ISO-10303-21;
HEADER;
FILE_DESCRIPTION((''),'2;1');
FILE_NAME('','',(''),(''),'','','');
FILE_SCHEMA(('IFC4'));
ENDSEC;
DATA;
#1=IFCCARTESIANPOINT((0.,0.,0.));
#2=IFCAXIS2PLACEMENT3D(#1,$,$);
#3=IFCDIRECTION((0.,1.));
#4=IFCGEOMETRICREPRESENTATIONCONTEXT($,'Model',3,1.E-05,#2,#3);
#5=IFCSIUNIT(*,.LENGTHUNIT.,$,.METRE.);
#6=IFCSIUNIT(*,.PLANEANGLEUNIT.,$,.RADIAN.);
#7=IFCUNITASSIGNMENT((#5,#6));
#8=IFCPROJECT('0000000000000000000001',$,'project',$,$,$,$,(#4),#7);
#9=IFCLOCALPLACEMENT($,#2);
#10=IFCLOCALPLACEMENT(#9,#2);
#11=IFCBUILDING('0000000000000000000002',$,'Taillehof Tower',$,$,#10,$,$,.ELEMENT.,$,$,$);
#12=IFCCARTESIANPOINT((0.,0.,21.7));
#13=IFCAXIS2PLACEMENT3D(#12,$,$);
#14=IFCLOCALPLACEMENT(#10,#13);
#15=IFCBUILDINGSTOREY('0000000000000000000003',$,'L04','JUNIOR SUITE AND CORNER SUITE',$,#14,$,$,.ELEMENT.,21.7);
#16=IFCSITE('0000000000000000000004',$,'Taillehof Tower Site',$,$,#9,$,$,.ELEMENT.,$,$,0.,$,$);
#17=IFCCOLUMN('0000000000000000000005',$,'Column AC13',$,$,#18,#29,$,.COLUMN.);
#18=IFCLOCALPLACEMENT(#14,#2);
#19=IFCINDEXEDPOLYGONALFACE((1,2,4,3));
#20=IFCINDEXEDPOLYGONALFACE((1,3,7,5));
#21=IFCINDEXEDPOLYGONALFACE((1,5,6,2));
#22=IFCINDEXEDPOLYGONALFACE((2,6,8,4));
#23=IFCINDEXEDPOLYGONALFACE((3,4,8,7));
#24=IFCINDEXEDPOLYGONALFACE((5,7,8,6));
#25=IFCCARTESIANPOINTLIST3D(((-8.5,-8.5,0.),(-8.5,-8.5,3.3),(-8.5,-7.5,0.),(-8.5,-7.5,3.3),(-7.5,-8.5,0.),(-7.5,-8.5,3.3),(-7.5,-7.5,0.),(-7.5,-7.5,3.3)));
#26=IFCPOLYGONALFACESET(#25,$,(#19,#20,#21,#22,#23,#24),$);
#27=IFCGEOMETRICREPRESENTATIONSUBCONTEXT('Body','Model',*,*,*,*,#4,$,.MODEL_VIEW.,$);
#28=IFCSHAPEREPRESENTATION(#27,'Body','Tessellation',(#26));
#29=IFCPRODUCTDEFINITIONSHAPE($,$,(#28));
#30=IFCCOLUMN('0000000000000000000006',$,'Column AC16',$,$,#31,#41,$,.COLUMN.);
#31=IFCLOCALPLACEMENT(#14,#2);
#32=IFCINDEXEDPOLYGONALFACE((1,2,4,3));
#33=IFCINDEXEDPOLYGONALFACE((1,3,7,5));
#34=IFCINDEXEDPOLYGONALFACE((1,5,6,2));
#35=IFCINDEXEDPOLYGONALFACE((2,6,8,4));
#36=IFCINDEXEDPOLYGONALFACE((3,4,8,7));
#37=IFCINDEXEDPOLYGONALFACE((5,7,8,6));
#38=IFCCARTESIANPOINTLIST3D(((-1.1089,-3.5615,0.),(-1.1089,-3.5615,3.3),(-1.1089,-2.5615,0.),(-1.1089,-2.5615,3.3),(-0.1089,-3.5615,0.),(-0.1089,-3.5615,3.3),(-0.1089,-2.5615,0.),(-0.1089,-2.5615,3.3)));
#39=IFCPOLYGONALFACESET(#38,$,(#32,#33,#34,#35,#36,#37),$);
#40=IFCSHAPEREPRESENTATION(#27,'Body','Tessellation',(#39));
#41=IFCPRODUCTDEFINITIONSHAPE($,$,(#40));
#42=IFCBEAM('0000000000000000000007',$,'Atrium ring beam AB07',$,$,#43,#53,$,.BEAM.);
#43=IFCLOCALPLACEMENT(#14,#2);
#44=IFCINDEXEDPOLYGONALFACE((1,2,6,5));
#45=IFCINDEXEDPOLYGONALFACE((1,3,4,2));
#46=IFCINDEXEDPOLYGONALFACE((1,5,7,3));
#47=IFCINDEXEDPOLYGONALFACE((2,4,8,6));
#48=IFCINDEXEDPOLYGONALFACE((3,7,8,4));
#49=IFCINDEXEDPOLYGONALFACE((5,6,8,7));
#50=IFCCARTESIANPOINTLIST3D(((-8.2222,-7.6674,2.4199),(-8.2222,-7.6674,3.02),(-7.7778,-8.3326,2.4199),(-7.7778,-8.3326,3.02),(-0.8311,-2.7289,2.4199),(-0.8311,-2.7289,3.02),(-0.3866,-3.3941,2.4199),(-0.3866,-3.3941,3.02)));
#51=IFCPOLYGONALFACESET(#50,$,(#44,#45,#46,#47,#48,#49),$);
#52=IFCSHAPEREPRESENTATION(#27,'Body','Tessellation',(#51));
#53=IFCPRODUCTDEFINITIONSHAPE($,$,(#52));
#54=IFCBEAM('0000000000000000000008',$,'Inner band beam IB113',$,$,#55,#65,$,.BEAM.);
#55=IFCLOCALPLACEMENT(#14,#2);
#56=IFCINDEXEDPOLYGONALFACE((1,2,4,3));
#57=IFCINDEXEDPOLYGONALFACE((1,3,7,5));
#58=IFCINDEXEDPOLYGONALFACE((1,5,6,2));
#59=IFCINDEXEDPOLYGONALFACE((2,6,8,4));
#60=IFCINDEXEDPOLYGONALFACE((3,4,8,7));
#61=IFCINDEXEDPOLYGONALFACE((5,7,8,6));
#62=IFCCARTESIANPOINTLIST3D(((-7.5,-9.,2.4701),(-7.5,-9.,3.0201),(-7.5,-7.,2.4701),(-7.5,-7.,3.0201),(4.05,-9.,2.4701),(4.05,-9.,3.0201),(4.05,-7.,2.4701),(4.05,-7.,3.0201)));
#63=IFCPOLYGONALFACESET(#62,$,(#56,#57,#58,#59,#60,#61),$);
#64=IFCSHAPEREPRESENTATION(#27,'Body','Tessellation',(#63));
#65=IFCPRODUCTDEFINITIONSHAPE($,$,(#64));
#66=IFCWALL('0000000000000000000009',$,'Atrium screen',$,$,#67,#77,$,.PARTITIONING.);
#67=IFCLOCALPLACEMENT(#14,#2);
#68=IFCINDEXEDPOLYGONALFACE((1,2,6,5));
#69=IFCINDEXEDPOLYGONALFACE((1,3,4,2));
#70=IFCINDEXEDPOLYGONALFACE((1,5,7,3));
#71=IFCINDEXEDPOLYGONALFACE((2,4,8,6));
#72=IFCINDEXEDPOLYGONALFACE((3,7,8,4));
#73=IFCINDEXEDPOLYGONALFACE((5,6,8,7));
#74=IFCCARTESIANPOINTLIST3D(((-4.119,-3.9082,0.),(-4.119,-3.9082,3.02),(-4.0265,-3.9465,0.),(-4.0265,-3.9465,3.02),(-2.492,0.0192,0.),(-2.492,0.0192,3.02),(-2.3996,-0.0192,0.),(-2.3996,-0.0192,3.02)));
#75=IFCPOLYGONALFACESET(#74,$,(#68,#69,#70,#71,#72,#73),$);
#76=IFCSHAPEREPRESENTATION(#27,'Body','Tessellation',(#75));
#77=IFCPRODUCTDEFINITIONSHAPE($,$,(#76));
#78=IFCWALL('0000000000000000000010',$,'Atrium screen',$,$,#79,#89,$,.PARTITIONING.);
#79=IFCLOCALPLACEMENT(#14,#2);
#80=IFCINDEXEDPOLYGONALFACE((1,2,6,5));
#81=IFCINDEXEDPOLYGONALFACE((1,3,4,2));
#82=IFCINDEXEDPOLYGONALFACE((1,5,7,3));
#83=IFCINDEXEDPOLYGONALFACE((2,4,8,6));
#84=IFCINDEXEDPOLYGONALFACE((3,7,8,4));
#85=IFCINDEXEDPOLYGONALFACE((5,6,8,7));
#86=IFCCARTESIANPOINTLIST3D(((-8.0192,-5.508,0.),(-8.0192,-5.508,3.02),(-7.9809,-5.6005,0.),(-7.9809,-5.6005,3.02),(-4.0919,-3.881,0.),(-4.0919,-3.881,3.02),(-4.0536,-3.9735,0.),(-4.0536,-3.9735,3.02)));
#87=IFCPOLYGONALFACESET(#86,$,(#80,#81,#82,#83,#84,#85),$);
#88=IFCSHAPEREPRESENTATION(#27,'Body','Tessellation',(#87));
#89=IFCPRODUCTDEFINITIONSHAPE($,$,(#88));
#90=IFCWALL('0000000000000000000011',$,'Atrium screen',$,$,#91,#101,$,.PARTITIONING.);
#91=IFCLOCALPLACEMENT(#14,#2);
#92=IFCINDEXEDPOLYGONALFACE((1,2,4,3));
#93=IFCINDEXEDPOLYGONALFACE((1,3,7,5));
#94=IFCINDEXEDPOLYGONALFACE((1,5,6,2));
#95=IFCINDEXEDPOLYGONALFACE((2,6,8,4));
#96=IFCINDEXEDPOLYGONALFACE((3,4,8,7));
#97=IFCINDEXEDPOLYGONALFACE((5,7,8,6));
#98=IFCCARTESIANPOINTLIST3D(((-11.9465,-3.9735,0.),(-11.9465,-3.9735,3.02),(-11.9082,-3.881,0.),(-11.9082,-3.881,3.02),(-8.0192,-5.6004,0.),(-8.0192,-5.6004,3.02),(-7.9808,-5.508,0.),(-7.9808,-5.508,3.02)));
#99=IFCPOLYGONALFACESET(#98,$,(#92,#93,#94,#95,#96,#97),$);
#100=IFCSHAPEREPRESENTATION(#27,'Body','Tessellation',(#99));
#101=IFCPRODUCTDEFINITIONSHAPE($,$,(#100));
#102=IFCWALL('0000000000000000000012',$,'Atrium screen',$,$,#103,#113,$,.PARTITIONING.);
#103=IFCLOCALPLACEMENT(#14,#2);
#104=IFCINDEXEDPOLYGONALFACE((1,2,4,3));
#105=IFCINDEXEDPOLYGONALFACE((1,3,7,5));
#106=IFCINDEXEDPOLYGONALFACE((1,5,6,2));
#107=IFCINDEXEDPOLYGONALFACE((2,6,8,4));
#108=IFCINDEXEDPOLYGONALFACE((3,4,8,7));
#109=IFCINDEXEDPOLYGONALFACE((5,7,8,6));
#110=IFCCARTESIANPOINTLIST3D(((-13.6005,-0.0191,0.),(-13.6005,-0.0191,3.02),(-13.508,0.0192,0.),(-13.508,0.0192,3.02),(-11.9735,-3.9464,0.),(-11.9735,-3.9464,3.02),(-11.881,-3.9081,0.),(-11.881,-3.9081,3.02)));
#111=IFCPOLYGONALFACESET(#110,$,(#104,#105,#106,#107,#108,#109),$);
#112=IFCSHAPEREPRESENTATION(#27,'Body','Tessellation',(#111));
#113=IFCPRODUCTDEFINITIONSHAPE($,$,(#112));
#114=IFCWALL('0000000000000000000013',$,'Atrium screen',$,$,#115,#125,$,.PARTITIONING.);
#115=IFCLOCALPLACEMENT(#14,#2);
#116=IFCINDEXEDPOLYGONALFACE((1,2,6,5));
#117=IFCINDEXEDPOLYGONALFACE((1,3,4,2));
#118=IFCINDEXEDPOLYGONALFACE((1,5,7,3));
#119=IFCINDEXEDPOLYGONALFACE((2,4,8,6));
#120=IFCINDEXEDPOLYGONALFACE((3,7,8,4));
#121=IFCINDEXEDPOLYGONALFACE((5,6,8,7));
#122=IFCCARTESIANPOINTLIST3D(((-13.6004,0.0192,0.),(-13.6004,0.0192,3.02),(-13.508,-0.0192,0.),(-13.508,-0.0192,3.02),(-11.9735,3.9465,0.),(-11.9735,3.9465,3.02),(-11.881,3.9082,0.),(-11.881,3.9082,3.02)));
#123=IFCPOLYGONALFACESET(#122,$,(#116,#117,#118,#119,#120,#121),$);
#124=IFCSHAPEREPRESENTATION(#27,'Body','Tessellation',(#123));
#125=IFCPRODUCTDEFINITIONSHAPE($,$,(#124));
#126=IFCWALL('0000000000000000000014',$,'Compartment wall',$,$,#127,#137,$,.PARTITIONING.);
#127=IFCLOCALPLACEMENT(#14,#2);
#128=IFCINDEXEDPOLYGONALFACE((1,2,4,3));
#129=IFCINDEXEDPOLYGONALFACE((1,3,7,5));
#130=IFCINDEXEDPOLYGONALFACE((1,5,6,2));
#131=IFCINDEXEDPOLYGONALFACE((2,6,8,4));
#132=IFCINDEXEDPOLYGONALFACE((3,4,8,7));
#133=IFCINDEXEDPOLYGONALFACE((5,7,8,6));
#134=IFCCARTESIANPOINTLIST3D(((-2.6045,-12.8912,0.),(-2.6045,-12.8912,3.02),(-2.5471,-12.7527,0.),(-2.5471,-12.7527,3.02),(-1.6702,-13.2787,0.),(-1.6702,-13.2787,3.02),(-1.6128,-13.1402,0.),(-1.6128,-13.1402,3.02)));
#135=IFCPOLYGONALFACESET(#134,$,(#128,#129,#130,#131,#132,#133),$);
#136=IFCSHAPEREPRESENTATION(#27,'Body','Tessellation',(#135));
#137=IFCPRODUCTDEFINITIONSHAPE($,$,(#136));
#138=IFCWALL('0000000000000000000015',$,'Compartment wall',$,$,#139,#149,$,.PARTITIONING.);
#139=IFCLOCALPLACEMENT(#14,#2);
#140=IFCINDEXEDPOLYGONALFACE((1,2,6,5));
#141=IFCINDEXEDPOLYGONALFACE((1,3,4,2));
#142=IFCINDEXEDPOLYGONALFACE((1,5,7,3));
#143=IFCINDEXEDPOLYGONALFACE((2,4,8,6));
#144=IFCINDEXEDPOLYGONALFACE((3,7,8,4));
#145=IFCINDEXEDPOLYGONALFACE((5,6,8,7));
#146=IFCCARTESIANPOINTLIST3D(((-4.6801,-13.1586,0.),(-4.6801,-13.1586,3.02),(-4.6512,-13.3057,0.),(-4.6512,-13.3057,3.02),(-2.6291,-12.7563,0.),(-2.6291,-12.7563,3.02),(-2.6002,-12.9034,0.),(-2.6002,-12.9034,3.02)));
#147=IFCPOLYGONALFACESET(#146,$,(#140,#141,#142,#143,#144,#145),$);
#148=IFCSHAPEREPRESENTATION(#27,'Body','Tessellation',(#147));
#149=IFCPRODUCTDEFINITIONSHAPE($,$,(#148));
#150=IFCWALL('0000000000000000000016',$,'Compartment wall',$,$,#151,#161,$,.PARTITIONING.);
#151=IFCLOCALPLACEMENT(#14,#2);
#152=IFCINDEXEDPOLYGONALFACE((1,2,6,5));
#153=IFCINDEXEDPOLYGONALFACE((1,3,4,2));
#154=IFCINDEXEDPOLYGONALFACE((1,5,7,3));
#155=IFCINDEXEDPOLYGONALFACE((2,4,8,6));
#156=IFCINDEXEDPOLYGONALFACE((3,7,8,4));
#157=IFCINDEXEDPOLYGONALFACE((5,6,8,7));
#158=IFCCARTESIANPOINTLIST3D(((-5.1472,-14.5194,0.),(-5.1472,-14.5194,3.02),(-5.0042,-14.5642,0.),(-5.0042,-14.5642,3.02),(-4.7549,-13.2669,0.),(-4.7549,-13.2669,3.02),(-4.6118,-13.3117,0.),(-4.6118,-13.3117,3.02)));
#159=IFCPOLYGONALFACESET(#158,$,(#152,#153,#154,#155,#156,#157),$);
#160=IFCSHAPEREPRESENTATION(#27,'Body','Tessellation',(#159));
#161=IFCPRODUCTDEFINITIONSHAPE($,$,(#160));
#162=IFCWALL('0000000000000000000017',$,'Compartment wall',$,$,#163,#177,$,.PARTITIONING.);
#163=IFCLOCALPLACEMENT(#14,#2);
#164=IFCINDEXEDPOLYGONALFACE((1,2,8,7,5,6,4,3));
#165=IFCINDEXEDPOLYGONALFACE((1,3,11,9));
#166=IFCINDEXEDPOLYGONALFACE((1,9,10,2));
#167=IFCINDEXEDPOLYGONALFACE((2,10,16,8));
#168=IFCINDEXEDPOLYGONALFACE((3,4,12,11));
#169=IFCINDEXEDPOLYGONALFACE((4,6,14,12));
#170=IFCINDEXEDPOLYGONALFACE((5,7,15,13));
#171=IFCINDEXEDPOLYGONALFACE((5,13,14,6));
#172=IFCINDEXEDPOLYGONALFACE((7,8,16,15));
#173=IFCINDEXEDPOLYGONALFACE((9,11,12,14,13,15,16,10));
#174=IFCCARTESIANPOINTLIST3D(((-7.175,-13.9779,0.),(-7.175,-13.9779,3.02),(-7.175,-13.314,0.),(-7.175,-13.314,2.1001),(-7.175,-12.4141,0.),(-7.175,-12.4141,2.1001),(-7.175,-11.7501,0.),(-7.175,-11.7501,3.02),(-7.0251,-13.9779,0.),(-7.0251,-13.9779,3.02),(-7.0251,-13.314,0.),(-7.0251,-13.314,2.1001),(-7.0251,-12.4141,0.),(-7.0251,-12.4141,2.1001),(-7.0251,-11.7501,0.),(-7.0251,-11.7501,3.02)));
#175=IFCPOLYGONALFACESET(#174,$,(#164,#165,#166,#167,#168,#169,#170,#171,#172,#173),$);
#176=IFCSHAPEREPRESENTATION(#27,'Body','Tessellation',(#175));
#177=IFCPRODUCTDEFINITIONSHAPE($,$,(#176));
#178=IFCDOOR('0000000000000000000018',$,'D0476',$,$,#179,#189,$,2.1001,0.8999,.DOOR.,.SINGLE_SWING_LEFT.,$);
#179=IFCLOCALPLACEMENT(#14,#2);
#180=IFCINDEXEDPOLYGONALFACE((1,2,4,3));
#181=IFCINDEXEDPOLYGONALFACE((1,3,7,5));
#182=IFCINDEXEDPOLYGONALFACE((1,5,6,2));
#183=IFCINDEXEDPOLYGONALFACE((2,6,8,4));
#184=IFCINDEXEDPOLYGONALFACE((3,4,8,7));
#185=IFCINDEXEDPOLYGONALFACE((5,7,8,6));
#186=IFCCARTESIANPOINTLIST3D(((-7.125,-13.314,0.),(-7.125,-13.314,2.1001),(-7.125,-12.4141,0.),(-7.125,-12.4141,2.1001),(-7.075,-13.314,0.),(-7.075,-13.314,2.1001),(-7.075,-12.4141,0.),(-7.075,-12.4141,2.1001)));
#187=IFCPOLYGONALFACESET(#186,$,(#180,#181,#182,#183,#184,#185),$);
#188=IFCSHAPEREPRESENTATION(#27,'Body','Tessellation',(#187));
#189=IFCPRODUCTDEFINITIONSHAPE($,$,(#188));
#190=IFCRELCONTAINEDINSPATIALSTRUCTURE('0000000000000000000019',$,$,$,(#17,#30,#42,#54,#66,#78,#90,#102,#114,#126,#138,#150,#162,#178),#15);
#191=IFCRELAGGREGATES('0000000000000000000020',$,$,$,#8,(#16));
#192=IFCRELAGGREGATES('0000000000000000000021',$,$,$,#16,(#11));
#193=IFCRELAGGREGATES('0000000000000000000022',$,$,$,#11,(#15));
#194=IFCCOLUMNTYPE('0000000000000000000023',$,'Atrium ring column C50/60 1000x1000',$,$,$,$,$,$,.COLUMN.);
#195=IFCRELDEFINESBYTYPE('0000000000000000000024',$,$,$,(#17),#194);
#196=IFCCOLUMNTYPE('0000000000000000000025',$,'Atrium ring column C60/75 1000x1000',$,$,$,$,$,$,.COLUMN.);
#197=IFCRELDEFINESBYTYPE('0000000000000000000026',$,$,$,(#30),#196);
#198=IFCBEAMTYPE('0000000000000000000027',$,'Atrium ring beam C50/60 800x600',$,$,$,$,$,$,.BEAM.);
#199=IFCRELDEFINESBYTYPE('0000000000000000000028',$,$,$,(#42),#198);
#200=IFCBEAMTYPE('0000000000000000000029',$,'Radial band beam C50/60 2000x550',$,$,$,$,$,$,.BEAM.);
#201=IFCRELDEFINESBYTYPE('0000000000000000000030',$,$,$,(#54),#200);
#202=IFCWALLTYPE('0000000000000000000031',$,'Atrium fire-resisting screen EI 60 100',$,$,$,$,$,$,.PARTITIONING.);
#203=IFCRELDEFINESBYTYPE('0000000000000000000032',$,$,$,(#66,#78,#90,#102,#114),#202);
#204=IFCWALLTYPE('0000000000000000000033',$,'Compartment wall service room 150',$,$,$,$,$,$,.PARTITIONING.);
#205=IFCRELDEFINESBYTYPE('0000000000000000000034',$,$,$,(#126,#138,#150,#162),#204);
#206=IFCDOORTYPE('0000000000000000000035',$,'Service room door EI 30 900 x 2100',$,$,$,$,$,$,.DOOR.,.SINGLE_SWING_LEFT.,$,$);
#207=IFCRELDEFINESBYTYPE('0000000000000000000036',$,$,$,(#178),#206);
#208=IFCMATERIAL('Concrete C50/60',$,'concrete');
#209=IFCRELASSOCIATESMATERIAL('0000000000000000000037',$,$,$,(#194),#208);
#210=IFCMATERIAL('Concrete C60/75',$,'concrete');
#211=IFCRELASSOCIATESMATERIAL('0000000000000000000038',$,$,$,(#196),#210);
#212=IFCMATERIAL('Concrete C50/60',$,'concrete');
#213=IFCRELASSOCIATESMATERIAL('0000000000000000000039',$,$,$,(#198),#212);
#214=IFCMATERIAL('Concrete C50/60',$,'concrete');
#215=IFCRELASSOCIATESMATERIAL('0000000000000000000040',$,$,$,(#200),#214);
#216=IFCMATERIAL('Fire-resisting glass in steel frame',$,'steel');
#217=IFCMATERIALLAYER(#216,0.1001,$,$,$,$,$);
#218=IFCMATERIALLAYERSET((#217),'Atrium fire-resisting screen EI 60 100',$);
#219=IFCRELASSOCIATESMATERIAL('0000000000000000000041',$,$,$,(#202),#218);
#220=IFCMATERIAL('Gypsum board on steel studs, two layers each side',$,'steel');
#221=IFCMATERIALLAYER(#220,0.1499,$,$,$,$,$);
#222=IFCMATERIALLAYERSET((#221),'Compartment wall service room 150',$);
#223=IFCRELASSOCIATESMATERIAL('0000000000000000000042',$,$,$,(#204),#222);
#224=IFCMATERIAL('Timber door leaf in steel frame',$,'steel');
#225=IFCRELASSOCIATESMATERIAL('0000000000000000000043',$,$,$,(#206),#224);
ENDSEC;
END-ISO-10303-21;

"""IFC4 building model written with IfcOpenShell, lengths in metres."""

from ifc_helpers import new_model, si_unit, direction, frame, frame_2d, origin, origin_2d, place, context, subcontext, project, spatial, rectangle, extrude, material, layer, layer_set, material_profile, profile_set, type_object, element, fill, save


model = new_model("IFC4")

# Units and contexts
model_context = context("Model", 3, precision=1e-05, world=origin(), true_north=direction((0.0, 1.0)))
body_context = subcontext(model_context, "Body", "Model", "MODEL_VIEW")
ifc_project = project(units=[si_unit("LENGTHUNIT", "METRE"), si_unit("PLANEANGLEUNIT", "RADIAN")], contexts=[model_context])

# Site, building, storey
site_placement = place(None, origin())
site = spatial("IfcSite", under=ifc_project, at=site_placement, Name="Taillehof Tower Site", CompositionType="ELEMENT", RefElevation=0.0)
building_placement = place(site_placement, origin())
building = spatial("IfcBuilding", under=site, at=building_placement, Name="Taillehof Tower", CompositionType="ELEMENT")
storey_placement = place(building_placement, frame((0.0, 0.0, 21.7)))
storey = spatial("IfcBuildingStorey", under=building, at=storey_placement, Name="L04", Description="JUNIOR SUITE AND CORNER SUITE", CompositionType="ELEMENT", Elevation=21.7)

# Columns
ifc_material_1 = material(Name="Concrete C50/60", Category="concrete")
ifc_material_profile_1 = material_profile(ifc_material_1, rectangle(XDim=1.0, YDim=1.0, at=origin_2d()), Name="RC 1000x1000")
ifc_profile_set_1 = profile_set([ifc_material_profile_1], Name="Concrete C50/60")
column_type_1 = type_object("IfcColumnType", Name="Atrium ring column C50/60 1000x1000", PredefinedType="COLUMN", material=ifc_profile_set_1)
column_1_placement = place(storey_placement, frame((-8.0, -8.0, 0.0), z_axis=(0.0, 0.0, 1.0), x_axis=(1.0, 0.0, 0.0)))
element("IfcColumn", 1, at=column_1_placement, inside=storey, type_object=column_type_1, Name="Column AC13", PredefinedType="COLUMN", context=body_context, shape_type="SweptSolid", body=[
    extrude(rectangle(XDim=1.0, YDim=1.0, at=origin_2d()), origin(), (0.0, 0.0, 1.0), 3.3),
])
ifc_material_2 = material(Name="Concrete C60/75", Category="concrete")
ifc_material_profile_2 = material_profile(ifc_material_2, rectangle(XDim=1.0, YDim=1.0, at=origin_2d()), Name="RC 1000x1000")
ifc_profile_set_2 = profile_set([ifc_material_profile_2], Name="Concrete C60/75")
column_type_2 = type_object("IfcColumnType", Name="Atrium ring column C60/75 1000x1000", PredefinedType="COLUMN", material=ifc_profile_set_2)
column_2_placement = place(storey_placement, frame((-0.6089, -3.0615, 0.0), z_axis=(0.0, 0.0, 1.0), x_axis=(1.0, 0.0, 0.0)))
element("IfcColumn", 2, at=column_2_placement, inside=storey, type_object=column_type_2, Name="Column AC16", PredefinedType="COLUMN", context=body_context, shape_type="SweptSolid", body=[
    extrude(rectangle(XDim=1.0, YDim=1.0, at=origin_2d()), origin(), (0.0, 0.0, 1.0), 3.3),
])

# Beams
ifc_material_3 = material(Name="Concrete C50/60", Category="concrete")
ifc_material_profile_3 = material_profile(ifc_material_3, rectangle(XDim=0.8, YDim=0.6001, at=origin_2d()), Name="RC 800x600")
ifc_profile_set_3 = profile_set([ifc_material_profile_3], Name="Concrete C50/60")
beam_type_1 = type_object("IfcBeamType", Name="Atrium ring beam C50/60 800x600", PredefinedType="BEAM", material=ifc_profile_set_3)
beam_1_placement = place(storey_placement, frame((-8.0, -8.0, 2.72), z_axis=(0.831475, 0.555562, 0.0), x_axis=(-0.555562, 0.831475, 0.0)))
element("IfcBeam", 3, at=beam_1_placement, inside=storey, type_object=beam_type_1, Name="Atrium ring beam AB07", PredefinedType="BEAM", context=body_context, shape_type="SweptSolid", body=[
    extrude(rectangle(XDim=0.8, YDim=0.6001, at=origin_2d()), origin(), (0.0, 0.0, 1.0), 8.8892),
])
ifc_material_4 = material(Name="Concrete C50/60", Category="concrete")
ifc_material_profile_4 = material_profile(ifc_material_4, rectangle(XDim=2.0, YDim=0.55, at=origin_2d()), Name="RC 2000x550")
ifc_profile_set_4 = profile_set([ifc_material_profile_4], Name="Concrete C50/60")
beam_type_2 = type_object("IfcBeamType", Name="Radial band beam C50/60 2000x550", PredefinedType="BEAM", material=ifc_profile_set_4)
beam_2_placement = place(storey_placement, frame((-7.5, -8.0, 2.7451), z_axis=(1.0, 0.0, 0.0), x_axis=(0.0, 1.0, 0.0)))
element("IfcBeam", 4, at=beam_2_placement, inside=storey, type_object=beam_type_2, Name="Inner band beam IB113", PredefinedType="BEAM", context=body_context, shape_type="SweptSolid", body=[
    extrude(rectangle(XDim=2.0, YDim=0.55, at=origin_2d()), origin(), (0.0, 0.0, 1.0), 11.55),
])

# Walls
ifc_material_5 = material(Name="Fire-resisting glass in steel frame", Category="steel")
ifc_layer_1 = layer(ifc_material_5, 0.1001)
ifc_layer_set_1 = layer_set([ifc_layer_1], Name="Atrium fire-resisting screen EI 60 100")
wall_type_1 = type_object("IfcWallType", Name="Atrium fire-resisting screen EI 60 100", PredefinedType="PARTITIONING", material=ifc_layer_set_1)
for number, where, z_axis, x_axis, name in (
    (5, (-2.4458, 0.0, 0.0), (0.0, 0.0, 1.0), (-0.382731, -0.92386, 0.0), "Atrium screen"),
    (6, (-4.0728, -3.9272, 0.0), (0.0, 0.0, 1.0), (-0.92386, -0.382731, 0.0), "Atrium screen"),
    (7, (-8.0, -5.5542, 0.0), (0.0, 0.0, 1.0), (-0.92386, 0.382731, 0.0), "Atrium screen"),
    (8, (-11.9272, -3.9272, 0.0), (0.0, 0.0, 1.0), (-0.382731, 0.92386, 0.0), "Atrium screen"),
    (9, (-13.5542, 0.0, 0.0), (0.0, 0.0, 1.0), (0.382731, 0.92386, 0.0), "Atrium screen"),
):
    element("IfcWall", number, at=place(storey_placement, frame(where, z_axis=z_axis, x_axis=x_axis)), inside=storey, type_object=wall_type_1, Name=name, PredefinedType="PARTITIONING", context=body_context, shape_type="SweptSolid", body=[
        extrude(rectangle(XDim=4.251, YDim=0.1001, at=frame_2d((2.1255, 0.0))), origin(), (0.0, 0.0, 1.0), 3.02),
    ])
ifc_material_6 = material(Name="Gypsum board on steel studs, two layers each side", Category="steel")
ifc_layer_2 = layer(ifc_material_6, 0.1499)
ifc_layer_set_2 = layer_set([ifc_layer_2], Name="Compartment wall service room 150")
wall_type_2 = type_object("IfcWallType", Name="Compartment wall service room 150", PredefinedType="PARTITIONING", material=ifc_layer_set_2)
wall_1_placement = place(storey_placement, frame((-1.6414, -13.2095, 0.0), z_axis=(0.0, 0.0, 1.0), x_axis=(-0.923725, 0.383055, 0.0)))
element("IfcWall", 10, at=wall_1_placement, inside=storey, type_object=wall_type_2, Name="Compartment wall", PredefinedType="PARTITIONING", context=body_context, shape_type="SweptSolid", body=[
    extrude(rectangle(XDim=1.0115, YDim=0.1499, at=frame_2d((0.5059, 0.0))), origin(), (0.0, 0.0, 1.0), 3.02),
])
wall_2_placement = place(storey_placement, frame((-2.6147, -12.8298, 0.0), z_axis=(0.0, 0.0, 1.0), x_axis=(-0.981297, -0.192498, 0.0)))
element("IfcWall", 11, at=wall_2_placement, inside=storey, type_object=wall_type_2, Name="Compartment wall", PredefinedType="PARTITIONING", context=body_context, shape_type="SweptSolid", body=[
    extrude(rectangle(XDim=2.0901, YDim=0.1499, at=frame_2d((1.0449, 0.0))), origin(), (0.0, 0.0, 1.0), 3.02),
])
wall_3_placement = place(storey_placement, frame((-4.6833, -13.2893, 0.0), z_axis=(0.0, 0.0, 1.0), x_axis=(-0.298932, -0.954275, 0.0)))
element("IfcWall", 12, at=wall_3_placement, inside=storey, type_object=wall_type_2, Name="Compartment wall", PredefinedType="PARTITIONING", context=body_context, shape_type="SweptSolid", body=[
    extrude(rectangle(XDim=1.3125, YDim=0.1499, at=frame_2d((0.6562, 0.0))), origin(), (0.0, 0.0, 1.0), 3.02),
])

# Wall, opening, door
wall_4_placement = place(storey_placement, frame((-7.1001, -13.9778, 0.0), z_axis=(0.0, 0.0, 1.0), x_axis=(0.0, 1.0, 0.0)))
wall_4 = element("IfcWall", 13, at=wall_4_placement, inside=storey, type_object=wall_type_2, Name="Compartment wall", PredefinedType="PARTITIONING", context=body_context, shape_type="SweptSolid", body=[
    extrude(rectangle(XDim=2.2278, YDim=0.1499, at=frame_2d((1.1138, 0.0))), origin(), (0.0, 0.0, 1.0), 3.02),
])
opening_1_placement = place(wall_4_placement, frame((0.6638, 0.0, 0.0)))
opening_1 = element("IfcOpeningElement", 14, at=opening_1_placement, cuts=wall_4, PredefinedType="OPENING", context=body_context, shape_type="SweptSolid", body=[
    extrude(rectangle(XDim=0.8999, YDim=2.1001, at=frame_2d((0.45, 1.05))), frame((0.0, 0.085, 0.0), z_axis=(0.0, -1.0, 0.0), x_axis=(1.0, 0.0, 0.0)), (0.0, 0.0, 1.0), 0.1699),
])
ifc_material_7 = material(Name="Timber door leaf in steel frame", Category="steel")
door_type_1 = type_object("IfcDoorType", Name="Service room door EI 30 900 x 2100", OperationType="SINGLE_SWING_LEFT", PredefinedType="DOOR", material=ifc_material_7)
door_1_placement = place(opening_1_placement, origin())
door_1 = element("IfcDoor", 15, at=door_1_placement, inside=storey, type_object=door_type_1, Name="D0476", OperationType="SINGLE_SWING_LEFT", OverallHeight=2.1001, OverallWidth=0.8999, PredefinedType="DOOR", context=body_context, shape_type="SweptSolid", body=[
    extrude(rectangle(XDim=0.8999, YDim=2.1001, at=frame_2d((0.45, 1.05))), frame((0.0, 0.0249, 0.0), z_axis=(0.0, -1.0, 0.0), x_axis=(1.0, 0.0, 0.0)), (0.0, 0.0, 1.0), 0.05),
])
fill(opening_1, door_1)

save(model, "model.ifc")
